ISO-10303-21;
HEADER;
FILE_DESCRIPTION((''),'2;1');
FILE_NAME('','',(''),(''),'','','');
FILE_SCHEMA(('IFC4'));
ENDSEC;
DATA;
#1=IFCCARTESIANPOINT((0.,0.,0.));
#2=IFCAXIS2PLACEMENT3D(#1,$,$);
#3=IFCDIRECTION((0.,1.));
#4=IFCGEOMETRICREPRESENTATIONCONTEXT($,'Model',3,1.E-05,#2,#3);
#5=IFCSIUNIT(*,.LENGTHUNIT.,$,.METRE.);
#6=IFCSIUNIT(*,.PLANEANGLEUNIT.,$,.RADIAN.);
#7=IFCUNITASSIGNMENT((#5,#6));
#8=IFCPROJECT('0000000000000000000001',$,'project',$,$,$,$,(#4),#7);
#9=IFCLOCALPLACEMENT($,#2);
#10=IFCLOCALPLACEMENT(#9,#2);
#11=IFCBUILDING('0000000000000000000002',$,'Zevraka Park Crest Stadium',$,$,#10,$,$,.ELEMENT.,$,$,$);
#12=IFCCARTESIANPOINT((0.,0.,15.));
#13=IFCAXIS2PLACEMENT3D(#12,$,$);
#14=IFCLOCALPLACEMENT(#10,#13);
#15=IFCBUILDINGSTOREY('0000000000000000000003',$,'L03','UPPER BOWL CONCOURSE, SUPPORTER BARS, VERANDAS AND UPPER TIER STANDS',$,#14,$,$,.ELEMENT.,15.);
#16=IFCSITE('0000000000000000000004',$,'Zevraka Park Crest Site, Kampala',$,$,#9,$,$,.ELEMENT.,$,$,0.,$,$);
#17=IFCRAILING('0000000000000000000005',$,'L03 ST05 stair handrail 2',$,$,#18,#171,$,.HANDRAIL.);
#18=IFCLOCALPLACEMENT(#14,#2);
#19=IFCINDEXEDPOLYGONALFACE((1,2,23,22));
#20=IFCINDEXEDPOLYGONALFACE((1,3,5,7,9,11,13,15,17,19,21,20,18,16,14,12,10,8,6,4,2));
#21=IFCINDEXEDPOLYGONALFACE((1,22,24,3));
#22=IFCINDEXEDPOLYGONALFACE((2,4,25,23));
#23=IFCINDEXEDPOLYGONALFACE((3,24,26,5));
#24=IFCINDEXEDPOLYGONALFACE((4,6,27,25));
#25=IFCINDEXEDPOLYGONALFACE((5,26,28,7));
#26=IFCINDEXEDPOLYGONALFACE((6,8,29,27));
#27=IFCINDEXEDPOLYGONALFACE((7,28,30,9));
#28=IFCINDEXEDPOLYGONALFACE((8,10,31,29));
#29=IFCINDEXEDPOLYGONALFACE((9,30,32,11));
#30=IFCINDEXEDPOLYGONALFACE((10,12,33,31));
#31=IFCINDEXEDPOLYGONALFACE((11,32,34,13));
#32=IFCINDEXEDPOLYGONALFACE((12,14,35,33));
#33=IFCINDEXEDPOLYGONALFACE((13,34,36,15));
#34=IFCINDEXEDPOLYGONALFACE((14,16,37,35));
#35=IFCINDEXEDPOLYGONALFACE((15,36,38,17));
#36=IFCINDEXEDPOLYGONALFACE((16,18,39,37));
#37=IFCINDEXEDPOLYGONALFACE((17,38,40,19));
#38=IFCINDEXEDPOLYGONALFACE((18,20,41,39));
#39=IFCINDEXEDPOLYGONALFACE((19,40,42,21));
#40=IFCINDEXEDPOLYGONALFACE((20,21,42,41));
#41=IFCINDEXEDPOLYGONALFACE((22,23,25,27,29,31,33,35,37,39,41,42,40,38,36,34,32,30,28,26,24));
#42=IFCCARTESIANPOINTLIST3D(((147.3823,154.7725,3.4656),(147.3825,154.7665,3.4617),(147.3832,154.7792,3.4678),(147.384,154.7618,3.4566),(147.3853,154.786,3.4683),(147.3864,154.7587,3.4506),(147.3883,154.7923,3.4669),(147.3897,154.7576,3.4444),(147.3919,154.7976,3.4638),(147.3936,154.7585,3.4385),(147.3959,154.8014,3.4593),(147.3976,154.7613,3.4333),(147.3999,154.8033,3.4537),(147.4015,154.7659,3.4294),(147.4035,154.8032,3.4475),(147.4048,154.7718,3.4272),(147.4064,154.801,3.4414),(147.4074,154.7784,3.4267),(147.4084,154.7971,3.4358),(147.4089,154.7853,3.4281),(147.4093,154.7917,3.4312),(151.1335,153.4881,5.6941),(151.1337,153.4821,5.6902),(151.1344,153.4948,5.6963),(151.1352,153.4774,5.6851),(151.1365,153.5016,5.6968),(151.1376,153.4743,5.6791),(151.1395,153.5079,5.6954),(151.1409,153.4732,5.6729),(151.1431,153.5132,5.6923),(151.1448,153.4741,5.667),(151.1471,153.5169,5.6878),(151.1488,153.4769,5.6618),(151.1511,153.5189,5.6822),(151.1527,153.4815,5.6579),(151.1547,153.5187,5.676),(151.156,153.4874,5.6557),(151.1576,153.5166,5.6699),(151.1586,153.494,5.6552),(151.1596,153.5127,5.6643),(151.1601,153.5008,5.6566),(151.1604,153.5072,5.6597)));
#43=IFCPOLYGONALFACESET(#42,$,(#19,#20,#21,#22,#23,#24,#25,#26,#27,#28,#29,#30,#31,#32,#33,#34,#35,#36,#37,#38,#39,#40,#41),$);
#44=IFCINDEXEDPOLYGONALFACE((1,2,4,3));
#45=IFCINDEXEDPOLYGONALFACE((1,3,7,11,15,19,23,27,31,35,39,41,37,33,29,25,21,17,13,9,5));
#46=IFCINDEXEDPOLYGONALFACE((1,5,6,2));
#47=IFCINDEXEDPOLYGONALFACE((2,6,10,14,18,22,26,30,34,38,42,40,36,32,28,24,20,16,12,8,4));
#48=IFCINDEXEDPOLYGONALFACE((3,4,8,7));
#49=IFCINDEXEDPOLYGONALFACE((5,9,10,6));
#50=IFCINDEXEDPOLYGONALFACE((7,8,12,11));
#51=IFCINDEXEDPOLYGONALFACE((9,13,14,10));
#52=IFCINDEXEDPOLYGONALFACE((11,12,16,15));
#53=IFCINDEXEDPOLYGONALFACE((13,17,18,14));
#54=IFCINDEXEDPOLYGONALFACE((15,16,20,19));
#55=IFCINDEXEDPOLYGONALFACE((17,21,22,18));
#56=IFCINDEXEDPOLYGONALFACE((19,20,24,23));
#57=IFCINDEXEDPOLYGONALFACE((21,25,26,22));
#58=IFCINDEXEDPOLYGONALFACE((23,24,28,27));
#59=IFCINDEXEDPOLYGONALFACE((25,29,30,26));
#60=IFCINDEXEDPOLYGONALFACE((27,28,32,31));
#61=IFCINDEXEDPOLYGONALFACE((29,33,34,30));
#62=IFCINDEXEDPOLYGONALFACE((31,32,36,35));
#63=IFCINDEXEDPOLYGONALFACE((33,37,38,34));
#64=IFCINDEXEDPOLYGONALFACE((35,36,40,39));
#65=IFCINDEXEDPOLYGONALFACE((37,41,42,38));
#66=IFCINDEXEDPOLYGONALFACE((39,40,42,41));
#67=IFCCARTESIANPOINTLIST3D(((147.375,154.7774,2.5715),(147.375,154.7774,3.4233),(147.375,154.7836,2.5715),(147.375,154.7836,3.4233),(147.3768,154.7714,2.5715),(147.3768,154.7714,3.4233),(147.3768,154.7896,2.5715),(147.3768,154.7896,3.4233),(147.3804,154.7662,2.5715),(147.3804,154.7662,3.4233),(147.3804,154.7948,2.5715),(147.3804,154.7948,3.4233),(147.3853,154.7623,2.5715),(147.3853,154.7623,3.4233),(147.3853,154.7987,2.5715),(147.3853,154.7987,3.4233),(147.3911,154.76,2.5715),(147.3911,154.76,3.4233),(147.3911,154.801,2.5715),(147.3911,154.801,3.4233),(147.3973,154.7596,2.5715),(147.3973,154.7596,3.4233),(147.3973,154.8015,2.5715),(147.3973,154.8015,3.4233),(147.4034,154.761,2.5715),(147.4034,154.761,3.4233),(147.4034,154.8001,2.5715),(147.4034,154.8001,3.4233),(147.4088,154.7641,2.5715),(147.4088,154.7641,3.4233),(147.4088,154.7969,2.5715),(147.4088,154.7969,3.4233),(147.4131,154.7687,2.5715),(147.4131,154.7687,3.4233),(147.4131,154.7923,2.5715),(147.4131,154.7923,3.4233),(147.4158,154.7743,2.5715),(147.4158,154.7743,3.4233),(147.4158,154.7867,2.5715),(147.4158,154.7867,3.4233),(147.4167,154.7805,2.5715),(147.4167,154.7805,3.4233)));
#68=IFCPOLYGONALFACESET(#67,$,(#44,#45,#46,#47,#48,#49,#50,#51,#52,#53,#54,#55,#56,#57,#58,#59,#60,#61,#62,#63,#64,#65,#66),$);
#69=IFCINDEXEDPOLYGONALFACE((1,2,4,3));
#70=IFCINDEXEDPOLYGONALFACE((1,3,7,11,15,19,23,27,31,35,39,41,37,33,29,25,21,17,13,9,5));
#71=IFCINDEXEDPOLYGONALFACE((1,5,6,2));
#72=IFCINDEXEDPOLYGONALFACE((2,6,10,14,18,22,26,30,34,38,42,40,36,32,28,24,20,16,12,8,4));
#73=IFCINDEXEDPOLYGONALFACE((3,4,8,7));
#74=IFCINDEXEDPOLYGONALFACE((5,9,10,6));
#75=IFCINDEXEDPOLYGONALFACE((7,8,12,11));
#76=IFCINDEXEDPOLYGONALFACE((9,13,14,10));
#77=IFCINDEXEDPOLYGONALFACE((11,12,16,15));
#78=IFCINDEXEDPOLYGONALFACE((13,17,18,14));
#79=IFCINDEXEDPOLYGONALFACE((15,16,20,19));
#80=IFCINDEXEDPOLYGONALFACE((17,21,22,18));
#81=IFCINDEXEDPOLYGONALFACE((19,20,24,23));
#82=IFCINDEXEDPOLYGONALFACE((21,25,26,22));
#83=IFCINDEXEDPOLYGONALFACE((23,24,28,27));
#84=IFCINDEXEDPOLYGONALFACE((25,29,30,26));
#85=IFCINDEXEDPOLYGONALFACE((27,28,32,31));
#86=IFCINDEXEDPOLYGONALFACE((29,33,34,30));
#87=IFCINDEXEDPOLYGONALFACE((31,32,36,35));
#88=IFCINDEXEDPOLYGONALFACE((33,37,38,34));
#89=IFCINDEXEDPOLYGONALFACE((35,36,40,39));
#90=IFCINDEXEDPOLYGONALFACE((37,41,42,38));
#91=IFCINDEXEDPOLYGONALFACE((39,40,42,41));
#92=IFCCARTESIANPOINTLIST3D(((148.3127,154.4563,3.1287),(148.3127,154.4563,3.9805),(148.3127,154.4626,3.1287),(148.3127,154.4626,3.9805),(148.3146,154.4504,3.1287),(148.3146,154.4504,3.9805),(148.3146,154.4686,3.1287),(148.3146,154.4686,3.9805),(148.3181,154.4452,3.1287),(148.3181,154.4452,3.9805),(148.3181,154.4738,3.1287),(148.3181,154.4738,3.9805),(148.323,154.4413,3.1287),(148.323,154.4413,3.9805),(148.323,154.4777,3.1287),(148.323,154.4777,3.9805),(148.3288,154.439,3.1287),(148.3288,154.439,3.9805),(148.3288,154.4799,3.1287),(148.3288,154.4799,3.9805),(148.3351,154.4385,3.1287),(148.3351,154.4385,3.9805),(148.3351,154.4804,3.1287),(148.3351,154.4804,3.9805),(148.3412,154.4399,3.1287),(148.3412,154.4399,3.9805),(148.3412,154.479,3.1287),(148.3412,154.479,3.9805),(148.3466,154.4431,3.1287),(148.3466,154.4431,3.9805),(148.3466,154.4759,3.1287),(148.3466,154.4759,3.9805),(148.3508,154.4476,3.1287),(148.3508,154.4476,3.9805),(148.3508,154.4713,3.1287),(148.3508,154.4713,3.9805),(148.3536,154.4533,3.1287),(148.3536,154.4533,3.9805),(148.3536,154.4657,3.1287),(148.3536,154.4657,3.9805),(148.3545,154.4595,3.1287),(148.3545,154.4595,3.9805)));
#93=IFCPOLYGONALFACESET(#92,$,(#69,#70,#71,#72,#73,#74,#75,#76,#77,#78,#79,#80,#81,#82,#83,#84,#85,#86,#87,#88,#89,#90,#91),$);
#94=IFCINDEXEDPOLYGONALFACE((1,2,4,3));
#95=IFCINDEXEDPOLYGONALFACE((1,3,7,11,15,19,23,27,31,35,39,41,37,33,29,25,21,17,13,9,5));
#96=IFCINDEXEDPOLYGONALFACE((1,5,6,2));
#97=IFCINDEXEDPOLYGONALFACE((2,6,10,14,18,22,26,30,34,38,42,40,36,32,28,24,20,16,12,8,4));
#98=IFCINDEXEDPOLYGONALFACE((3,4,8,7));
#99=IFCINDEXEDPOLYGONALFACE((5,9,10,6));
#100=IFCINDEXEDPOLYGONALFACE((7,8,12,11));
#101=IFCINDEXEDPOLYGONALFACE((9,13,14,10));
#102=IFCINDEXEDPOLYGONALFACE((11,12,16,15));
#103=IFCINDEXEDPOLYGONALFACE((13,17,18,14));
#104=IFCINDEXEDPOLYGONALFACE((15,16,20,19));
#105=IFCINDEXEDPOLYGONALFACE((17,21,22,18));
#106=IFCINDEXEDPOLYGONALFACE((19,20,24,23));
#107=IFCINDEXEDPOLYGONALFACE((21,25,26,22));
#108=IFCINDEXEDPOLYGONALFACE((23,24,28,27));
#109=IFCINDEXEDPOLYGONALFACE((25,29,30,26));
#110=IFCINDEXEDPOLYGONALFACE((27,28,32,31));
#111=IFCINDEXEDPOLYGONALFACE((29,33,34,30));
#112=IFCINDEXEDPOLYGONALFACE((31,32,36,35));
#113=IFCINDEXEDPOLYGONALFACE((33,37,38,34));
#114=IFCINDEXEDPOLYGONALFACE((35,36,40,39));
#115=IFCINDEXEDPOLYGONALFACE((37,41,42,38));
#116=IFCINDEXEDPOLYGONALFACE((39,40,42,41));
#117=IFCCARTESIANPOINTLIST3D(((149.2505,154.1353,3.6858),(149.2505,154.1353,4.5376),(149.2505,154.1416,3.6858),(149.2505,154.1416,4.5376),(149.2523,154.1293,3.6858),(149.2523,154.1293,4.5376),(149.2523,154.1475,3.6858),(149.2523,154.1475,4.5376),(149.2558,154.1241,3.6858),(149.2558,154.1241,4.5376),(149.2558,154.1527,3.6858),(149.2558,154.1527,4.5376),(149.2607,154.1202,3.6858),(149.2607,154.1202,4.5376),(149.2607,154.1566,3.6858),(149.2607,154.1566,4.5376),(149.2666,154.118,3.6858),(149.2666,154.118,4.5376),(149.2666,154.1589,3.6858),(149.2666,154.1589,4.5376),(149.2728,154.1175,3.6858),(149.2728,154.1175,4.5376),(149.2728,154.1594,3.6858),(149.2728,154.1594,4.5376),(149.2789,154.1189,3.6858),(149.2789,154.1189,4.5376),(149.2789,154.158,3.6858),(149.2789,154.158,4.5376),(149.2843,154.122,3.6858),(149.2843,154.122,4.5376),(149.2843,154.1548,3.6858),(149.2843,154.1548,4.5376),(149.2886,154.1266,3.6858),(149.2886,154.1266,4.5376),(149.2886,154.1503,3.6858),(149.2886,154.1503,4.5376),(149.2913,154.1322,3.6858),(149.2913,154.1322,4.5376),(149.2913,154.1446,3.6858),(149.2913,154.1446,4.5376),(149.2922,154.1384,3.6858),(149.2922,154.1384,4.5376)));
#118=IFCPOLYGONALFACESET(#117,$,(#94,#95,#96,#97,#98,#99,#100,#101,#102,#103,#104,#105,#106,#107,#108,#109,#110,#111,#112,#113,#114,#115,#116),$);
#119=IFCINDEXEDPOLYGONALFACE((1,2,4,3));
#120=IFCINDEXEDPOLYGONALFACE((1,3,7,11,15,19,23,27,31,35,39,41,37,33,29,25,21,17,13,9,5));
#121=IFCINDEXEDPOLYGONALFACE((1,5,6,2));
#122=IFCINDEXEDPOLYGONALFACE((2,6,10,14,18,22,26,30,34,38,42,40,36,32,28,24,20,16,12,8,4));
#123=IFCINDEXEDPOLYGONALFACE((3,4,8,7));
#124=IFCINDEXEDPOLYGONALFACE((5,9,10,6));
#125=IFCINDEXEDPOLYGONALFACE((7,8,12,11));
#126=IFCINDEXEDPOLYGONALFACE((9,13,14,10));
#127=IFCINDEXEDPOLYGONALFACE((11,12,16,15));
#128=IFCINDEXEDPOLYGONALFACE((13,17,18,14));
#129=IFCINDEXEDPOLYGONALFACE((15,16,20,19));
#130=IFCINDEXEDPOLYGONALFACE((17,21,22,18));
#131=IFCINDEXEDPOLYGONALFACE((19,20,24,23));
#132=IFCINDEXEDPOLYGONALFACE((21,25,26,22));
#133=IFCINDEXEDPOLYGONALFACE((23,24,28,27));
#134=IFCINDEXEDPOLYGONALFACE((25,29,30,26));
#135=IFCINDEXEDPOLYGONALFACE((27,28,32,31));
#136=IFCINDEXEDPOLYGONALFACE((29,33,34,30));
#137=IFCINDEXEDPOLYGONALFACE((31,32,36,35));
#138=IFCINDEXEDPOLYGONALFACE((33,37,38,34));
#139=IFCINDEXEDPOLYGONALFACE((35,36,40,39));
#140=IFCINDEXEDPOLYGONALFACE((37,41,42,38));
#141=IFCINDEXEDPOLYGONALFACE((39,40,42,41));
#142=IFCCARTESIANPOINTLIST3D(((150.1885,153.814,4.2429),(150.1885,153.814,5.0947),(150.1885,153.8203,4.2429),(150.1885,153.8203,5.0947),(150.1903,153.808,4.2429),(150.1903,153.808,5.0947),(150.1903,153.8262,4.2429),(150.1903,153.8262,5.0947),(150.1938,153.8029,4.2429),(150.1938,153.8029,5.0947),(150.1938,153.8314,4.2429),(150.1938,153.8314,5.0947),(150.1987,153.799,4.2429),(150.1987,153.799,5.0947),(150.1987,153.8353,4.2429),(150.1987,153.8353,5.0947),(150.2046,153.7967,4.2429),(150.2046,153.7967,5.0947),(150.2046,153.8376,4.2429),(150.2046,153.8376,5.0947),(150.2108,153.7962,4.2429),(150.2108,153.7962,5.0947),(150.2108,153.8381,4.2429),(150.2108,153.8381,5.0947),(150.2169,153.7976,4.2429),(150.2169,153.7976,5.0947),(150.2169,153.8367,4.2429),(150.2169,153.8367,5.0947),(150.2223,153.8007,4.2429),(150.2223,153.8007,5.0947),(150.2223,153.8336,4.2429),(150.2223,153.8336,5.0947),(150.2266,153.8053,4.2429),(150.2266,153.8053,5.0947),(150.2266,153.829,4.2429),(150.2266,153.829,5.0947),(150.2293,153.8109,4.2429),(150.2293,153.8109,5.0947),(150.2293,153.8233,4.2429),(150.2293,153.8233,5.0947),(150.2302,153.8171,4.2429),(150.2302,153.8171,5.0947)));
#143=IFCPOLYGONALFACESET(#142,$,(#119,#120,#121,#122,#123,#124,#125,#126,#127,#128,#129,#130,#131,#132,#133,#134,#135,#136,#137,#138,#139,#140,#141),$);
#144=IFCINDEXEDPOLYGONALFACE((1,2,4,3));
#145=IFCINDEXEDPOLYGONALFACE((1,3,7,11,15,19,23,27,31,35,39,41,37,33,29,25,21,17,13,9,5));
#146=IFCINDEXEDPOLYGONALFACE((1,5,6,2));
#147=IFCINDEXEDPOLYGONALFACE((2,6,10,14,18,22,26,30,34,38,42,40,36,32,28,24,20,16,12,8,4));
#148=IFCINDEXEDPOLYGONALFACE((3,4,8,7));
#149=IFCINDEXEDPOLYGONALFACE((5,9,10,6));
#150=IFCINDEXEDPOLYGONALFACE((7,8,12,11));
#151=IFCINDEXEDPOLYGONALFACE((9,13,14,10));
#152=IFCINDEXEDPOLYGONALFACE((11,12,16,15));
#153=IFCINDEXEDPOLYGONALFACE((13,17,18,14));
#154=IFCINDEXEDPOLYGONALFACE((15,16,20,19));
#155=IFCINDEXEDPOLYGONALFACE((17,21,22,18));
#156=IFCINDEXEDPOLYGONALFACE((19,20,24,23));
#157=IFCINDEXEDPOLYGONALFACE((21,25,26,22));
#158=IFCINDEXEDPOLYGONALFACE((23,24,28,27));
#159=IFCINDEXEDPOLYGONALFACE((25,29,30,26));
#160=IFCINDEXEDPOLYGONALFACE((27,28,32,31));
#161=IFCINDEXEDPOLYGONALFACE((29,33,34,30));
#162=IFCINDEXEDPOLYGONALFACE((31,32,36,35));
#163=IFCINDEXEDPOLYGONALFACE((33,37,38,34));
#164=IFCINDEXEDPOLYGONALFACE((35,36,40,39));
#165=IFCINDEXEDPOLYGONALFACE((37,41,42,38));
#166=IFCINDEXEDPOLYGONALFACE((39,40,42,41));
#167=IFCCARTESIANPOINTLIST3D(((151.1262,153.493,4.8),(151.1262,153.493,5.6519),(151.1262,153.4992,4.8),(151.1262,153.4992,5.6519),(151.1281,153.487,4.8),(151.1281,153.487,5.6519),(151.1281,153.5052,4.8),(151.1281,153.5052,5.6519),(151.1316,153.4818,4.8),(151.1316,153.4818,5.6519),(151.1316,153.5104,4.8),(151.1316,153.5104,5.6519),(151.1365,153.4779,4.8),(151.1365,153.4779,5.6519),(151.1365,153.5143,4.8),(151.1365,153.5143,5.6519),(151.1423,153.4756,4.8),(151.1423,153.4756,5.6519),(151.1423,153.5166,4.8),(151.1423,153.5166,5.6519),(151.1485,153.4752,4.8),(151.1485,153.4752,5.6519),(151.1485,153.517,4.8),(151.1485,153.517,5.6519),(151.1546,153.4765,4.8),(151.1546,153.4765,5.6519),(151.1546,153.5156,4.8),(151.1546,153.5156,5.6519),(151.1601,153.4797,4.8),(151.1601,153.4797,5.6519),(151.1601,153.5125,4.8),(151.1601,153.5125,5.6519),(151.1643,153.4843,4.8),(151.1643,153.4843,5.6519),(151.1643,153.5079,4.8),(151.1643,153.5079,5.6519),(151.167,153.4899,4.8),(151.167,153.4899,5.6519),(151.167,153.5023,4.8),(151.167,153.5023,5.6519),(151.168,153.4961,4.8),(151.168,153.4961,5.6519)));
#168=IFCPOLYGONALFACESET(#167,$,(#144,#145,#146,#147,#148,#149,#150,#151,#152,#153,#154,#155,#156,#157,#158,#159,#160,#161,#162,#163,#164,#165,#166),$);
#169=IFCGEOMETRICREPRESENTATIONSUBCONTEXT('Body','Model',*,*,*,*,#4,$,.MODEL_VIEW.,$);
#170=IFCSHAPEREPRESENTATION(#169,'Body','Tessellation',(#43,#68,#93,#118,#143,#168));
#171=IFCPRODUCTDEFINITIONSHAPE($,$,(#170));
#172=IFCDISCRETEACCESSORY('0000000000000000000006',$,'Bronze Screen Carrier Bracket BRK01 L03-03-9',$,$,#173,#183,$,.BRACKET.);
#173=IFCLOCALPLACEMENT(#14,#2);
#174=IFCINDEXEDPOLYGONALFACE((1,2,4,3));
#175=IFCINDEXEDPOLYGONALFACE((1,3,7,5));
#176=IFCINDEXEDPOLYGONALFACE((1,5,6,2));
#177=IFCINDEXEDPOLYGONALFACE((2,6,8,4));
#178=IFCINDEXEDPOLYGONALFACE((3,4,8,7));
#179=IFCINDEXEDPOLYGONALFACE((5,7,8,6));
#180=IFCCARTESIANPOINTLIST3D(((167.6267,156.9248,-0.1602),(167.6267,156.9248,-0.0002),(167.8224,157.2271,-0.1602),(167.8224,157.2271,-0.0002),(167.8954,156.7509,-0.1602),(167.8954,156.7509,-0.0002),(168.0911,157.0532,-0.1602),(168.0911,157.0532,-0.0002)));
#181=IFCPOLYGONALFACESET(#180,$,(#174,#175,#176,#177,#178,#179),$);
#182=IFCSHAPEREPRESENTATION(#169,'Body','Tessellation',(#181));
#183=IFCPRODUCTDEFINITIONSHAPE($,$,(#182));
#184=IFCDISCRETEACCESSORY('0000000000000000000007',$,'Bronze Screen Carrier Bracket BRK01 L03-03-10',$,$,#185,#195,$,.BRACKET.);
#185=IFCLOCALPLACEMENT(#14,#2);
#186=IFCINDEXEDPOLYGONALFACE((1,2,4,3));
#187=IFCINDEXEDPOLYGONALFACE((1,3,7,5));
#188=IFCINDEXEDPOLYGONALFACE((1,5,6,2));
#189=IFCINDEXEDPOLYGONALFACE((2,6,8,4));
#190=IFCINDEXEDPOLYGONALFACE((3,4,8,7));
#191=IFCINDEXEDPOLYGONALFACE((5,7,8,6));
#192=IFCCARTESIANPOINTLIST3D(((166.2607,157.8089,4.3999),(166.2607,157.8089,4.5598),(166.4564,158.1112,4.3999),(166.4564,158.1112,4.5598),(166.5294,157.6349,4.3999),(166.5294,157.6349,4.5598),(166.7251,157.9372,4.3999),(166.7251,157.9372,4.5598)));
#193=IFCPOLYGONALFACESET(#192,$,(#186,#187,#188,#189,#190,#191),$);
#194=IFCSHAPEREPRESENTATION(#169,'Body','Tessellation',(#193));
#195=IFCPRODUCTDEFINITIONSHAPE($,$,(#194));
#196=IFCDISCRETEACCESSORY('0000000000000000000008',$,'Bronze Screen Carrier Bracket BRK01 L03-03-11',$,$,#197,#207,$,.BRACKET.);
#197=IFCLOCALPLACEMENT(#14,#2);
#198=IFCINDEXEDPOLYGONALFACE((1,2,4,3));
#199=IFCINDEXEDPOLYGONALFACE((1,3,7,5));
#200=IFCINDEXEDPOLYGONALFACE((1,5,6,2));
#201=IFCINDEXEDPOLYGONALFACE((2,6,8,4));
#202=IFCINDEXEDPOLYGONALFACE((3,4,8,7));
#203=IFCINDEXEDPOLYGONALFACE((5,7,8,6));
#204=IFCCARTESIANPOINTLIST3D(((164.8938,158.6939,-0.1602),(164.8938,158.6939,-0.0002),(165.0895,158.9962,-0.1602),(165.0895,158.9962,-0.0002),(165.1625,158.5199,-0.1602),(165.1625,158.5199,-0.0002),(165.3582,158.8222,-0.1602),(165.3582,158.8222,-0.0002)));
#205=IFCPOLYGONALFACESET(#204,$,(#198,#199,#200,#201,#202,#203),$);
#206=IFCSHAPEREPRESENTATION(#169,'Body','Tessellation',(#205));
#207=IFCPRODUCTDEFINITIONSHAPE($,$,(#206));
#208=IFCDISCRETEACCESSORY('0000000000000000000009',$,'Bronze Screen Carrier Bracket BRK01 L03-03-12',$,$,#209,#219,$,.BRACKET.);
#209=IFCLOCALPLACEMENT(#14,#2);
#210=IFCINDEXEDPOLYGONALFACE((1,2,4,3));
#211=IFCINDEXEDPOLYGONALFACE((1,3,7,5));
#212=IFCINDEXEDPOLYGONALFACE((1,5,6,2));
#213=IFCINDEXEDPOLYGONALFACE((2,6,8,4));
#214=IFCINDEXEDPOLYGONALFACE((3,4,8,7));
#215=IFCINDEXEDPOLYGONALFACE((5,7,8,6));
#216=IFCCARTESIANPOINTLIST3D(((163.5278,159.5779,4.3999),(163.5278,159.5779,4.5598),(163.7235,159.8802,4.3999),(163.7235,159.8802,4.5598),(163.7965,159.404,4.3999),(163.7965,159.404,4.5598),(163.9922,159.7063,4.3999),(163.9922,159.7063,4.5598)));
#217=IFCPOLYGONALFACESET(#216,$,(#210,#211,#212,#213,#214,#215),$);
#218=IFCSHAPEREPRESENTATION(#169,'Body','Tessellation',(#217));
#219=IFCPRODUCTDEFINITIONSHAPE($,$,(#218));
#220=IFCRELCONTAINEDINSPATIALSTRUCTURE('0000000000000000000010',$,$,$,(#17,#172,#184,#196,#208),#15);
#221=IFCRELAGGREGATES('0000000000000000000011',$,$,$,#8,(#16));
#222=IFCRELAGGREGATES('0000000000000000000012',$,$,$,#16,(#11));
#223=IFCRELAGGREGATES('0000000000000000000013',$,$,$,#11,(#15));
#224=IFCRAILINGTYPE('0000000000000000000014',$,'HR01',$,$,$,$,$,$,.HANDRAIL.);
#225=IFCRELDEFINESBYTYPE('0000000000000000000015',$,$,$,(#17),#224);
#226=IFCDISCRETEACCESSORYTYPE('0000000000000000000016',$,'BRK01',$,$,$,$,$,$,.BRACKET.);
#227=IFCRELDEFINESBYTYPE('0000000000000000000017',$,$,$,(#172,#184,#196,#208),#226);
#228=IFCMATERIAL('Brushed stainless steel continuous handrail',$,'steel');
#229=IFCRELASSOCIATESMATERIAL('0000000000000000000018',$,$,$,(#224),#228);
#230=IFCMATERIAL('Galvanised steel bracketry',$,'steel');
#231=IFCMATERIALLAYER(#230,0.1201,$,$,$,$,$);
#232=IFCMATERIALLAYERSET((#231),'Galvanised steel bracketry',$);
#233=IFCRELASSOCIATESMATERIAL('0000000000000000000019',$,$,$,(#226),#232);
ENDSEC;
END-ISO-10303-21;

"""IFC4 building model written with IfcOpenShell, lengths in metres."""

from ifc_helpers import new_model, si_unit, direction, frame, origin, origin_2d, place, context, subcontext, project, spatial, rectangle, circle, extrude, material, layer, layer_set, type_object, element, save


model = new_model("IFC4")

# Units and contexts
model_context = context("Model", 3, precision=1e-05, world=origin(), true_north=direction((0.0, 1.0)))
body_context = subcontext(model_context, "Body", "Model", "MODEL_VIEW")
ifc_project = project(units=[si_unit("LENGTHUNIT", "METRE"), si_unit("PLANEANGLEUNIT", "RADIAN")], contexts=[model_context])

# Site, building, storey
site_placement = place(None, origin())
site = spatial("IfcSite", under=ifc_project, at=site_placement, Name="Zevraka Park Crest Site, Kampala", CompositionType="ELEMENT", RefElevation=0.0)
building_placement = place(site_placement, origin())
building = spatial("IfcBuilding", under=site, at=building_placement, Name="Zevraka Park Crest Stadium", CompositionType="ELEMENT")
storey_placement = place(building_placement, frame((0.0, 0.0, 15.0)))
storey = spatial("IfcBuildingStorey", under=building, at=storey_placement, Name="L03", Description="UPPER BOWL CONCOURSE, SUPPORTER BARS, VERANDAS AND UPPER TIER STANDS", CompositionType="ELEMENT", Elevation=15.0)

# Railing
ifc_material_1 = material(Name="Brushed stainless steel continuous handrail", Category="steel")
railing_type_1 = type_object("IfcRailingType", Name="HR01", PredefinedType="HANDRAIL", material=ifc_material_1)
railing_1_placement = place(storey_placement, frame((147.3958, 154.7805, 2.5715)))
element("IfcRailing", 1, at=railing_1_placement, inside=storey, type_object=railing_type_1, Name="L03 ST05 stair handrail 2", PredefinedType="HANDRAIL", context=body_context, shape_type="SweptSolid", body=[
    extrude(circle(Radius=0.0239, at=origin_2d()), frame((0.0, 0.0, 0.876), z_axis=(0.824739, -0.282392, 0.489959), x_axis=(0.323939, 0.946078, 0.0)), (0.0, 0.0, 1.0), 4.5483),
    extrude(circle(Radius=0.021, at=origin_2d()), origin(), (0.0, 0.0, 1.0), 0.8518),
    extrude(circle(Radius=0.021, at=origin_2d()), frame((0.9377, -0.321, 0.5571)), (0.0, 0.0, 1.0), 0.8518),
    extrude(circle(Radius=0.021, at=origin_2d()), frame((1.8755, -0.6421, 1.1143)), (0.0, 0.0, 1.0), 0.8518),
    extrude(circle(Radius=0.021, at=origin_2d()), frame((2.8135, -0.9634, 1.6714)), (0.0, 0.0, 1.0), 0.8518),
    extrude(circle(Radius=0.021, at=origin_2d()), frame((3.7512, -1.2844, 2.2285)), (0.0, 0.0, 1.0), 0.8518),
])

# Discrete accessories
ifc_material_2 = material(Name="Galvanised steel bracketry", Category="steel")
ifc_layer_1 = layer(ifc_material_2, 0.1201)
ifc_layer_set_1 = layer_set([ifc_layer_1], Name="Galvanised steel bracketry")
discrete_accessory_type = type_object("IfcDiscreteAccessoryType", Name="BRK01", PredefinedType="BRACKET", material=ifc_layer_set_1)
for number, where, z_axis, x_axis, name in (
    (2, (167.8589, 156.989, -0.1602), (0.0, 0.0, 1.0), (-0.83943, 0.543467, 0.0), "Bronze Screen Carrier Bracket BRK01 L03-03-9"),
    (3, (166.4929, 157.873, 4.3999), (0.0, 0.0, 1.0), (-0.83943, 0.543467, 0.0), "Bronze Screen Carrier Bracket BRK01 L03-03-10"),
    (4, (165.126, 158.7581, -0.1602), (0.0, 0.0, 1.0), (-0.83943, 0.543467, 0.0), "Bronze Screen Carrier Bracket BRK01 L03-03-11"),
    (5, (163.76, 159.6421, 4.3999), (0.0, 0.0, 1.0), (-0.83943, 0.543467, 0.0), "Bronze Screen Carrier Bracket BRK01 L03-03-12"),
):
    element("IfcDiscreteAccessory", number, at=place(storey_placement, frame(where, z_axis=z_axis, x_axis=x_axis)), inside=storey, type_object=discrete_accessory_type, Name=name, PredefinedType="BRACKET", context=body_context, shape_type="SweptSolid", body=[
        extrude(rectangle(XDim=0.3201, YDim=0.3601, at=origin_2d()), origin(), (0.0, 0.0, 1.0), 0.1599),
    ])

save(model, "model.ifc")
